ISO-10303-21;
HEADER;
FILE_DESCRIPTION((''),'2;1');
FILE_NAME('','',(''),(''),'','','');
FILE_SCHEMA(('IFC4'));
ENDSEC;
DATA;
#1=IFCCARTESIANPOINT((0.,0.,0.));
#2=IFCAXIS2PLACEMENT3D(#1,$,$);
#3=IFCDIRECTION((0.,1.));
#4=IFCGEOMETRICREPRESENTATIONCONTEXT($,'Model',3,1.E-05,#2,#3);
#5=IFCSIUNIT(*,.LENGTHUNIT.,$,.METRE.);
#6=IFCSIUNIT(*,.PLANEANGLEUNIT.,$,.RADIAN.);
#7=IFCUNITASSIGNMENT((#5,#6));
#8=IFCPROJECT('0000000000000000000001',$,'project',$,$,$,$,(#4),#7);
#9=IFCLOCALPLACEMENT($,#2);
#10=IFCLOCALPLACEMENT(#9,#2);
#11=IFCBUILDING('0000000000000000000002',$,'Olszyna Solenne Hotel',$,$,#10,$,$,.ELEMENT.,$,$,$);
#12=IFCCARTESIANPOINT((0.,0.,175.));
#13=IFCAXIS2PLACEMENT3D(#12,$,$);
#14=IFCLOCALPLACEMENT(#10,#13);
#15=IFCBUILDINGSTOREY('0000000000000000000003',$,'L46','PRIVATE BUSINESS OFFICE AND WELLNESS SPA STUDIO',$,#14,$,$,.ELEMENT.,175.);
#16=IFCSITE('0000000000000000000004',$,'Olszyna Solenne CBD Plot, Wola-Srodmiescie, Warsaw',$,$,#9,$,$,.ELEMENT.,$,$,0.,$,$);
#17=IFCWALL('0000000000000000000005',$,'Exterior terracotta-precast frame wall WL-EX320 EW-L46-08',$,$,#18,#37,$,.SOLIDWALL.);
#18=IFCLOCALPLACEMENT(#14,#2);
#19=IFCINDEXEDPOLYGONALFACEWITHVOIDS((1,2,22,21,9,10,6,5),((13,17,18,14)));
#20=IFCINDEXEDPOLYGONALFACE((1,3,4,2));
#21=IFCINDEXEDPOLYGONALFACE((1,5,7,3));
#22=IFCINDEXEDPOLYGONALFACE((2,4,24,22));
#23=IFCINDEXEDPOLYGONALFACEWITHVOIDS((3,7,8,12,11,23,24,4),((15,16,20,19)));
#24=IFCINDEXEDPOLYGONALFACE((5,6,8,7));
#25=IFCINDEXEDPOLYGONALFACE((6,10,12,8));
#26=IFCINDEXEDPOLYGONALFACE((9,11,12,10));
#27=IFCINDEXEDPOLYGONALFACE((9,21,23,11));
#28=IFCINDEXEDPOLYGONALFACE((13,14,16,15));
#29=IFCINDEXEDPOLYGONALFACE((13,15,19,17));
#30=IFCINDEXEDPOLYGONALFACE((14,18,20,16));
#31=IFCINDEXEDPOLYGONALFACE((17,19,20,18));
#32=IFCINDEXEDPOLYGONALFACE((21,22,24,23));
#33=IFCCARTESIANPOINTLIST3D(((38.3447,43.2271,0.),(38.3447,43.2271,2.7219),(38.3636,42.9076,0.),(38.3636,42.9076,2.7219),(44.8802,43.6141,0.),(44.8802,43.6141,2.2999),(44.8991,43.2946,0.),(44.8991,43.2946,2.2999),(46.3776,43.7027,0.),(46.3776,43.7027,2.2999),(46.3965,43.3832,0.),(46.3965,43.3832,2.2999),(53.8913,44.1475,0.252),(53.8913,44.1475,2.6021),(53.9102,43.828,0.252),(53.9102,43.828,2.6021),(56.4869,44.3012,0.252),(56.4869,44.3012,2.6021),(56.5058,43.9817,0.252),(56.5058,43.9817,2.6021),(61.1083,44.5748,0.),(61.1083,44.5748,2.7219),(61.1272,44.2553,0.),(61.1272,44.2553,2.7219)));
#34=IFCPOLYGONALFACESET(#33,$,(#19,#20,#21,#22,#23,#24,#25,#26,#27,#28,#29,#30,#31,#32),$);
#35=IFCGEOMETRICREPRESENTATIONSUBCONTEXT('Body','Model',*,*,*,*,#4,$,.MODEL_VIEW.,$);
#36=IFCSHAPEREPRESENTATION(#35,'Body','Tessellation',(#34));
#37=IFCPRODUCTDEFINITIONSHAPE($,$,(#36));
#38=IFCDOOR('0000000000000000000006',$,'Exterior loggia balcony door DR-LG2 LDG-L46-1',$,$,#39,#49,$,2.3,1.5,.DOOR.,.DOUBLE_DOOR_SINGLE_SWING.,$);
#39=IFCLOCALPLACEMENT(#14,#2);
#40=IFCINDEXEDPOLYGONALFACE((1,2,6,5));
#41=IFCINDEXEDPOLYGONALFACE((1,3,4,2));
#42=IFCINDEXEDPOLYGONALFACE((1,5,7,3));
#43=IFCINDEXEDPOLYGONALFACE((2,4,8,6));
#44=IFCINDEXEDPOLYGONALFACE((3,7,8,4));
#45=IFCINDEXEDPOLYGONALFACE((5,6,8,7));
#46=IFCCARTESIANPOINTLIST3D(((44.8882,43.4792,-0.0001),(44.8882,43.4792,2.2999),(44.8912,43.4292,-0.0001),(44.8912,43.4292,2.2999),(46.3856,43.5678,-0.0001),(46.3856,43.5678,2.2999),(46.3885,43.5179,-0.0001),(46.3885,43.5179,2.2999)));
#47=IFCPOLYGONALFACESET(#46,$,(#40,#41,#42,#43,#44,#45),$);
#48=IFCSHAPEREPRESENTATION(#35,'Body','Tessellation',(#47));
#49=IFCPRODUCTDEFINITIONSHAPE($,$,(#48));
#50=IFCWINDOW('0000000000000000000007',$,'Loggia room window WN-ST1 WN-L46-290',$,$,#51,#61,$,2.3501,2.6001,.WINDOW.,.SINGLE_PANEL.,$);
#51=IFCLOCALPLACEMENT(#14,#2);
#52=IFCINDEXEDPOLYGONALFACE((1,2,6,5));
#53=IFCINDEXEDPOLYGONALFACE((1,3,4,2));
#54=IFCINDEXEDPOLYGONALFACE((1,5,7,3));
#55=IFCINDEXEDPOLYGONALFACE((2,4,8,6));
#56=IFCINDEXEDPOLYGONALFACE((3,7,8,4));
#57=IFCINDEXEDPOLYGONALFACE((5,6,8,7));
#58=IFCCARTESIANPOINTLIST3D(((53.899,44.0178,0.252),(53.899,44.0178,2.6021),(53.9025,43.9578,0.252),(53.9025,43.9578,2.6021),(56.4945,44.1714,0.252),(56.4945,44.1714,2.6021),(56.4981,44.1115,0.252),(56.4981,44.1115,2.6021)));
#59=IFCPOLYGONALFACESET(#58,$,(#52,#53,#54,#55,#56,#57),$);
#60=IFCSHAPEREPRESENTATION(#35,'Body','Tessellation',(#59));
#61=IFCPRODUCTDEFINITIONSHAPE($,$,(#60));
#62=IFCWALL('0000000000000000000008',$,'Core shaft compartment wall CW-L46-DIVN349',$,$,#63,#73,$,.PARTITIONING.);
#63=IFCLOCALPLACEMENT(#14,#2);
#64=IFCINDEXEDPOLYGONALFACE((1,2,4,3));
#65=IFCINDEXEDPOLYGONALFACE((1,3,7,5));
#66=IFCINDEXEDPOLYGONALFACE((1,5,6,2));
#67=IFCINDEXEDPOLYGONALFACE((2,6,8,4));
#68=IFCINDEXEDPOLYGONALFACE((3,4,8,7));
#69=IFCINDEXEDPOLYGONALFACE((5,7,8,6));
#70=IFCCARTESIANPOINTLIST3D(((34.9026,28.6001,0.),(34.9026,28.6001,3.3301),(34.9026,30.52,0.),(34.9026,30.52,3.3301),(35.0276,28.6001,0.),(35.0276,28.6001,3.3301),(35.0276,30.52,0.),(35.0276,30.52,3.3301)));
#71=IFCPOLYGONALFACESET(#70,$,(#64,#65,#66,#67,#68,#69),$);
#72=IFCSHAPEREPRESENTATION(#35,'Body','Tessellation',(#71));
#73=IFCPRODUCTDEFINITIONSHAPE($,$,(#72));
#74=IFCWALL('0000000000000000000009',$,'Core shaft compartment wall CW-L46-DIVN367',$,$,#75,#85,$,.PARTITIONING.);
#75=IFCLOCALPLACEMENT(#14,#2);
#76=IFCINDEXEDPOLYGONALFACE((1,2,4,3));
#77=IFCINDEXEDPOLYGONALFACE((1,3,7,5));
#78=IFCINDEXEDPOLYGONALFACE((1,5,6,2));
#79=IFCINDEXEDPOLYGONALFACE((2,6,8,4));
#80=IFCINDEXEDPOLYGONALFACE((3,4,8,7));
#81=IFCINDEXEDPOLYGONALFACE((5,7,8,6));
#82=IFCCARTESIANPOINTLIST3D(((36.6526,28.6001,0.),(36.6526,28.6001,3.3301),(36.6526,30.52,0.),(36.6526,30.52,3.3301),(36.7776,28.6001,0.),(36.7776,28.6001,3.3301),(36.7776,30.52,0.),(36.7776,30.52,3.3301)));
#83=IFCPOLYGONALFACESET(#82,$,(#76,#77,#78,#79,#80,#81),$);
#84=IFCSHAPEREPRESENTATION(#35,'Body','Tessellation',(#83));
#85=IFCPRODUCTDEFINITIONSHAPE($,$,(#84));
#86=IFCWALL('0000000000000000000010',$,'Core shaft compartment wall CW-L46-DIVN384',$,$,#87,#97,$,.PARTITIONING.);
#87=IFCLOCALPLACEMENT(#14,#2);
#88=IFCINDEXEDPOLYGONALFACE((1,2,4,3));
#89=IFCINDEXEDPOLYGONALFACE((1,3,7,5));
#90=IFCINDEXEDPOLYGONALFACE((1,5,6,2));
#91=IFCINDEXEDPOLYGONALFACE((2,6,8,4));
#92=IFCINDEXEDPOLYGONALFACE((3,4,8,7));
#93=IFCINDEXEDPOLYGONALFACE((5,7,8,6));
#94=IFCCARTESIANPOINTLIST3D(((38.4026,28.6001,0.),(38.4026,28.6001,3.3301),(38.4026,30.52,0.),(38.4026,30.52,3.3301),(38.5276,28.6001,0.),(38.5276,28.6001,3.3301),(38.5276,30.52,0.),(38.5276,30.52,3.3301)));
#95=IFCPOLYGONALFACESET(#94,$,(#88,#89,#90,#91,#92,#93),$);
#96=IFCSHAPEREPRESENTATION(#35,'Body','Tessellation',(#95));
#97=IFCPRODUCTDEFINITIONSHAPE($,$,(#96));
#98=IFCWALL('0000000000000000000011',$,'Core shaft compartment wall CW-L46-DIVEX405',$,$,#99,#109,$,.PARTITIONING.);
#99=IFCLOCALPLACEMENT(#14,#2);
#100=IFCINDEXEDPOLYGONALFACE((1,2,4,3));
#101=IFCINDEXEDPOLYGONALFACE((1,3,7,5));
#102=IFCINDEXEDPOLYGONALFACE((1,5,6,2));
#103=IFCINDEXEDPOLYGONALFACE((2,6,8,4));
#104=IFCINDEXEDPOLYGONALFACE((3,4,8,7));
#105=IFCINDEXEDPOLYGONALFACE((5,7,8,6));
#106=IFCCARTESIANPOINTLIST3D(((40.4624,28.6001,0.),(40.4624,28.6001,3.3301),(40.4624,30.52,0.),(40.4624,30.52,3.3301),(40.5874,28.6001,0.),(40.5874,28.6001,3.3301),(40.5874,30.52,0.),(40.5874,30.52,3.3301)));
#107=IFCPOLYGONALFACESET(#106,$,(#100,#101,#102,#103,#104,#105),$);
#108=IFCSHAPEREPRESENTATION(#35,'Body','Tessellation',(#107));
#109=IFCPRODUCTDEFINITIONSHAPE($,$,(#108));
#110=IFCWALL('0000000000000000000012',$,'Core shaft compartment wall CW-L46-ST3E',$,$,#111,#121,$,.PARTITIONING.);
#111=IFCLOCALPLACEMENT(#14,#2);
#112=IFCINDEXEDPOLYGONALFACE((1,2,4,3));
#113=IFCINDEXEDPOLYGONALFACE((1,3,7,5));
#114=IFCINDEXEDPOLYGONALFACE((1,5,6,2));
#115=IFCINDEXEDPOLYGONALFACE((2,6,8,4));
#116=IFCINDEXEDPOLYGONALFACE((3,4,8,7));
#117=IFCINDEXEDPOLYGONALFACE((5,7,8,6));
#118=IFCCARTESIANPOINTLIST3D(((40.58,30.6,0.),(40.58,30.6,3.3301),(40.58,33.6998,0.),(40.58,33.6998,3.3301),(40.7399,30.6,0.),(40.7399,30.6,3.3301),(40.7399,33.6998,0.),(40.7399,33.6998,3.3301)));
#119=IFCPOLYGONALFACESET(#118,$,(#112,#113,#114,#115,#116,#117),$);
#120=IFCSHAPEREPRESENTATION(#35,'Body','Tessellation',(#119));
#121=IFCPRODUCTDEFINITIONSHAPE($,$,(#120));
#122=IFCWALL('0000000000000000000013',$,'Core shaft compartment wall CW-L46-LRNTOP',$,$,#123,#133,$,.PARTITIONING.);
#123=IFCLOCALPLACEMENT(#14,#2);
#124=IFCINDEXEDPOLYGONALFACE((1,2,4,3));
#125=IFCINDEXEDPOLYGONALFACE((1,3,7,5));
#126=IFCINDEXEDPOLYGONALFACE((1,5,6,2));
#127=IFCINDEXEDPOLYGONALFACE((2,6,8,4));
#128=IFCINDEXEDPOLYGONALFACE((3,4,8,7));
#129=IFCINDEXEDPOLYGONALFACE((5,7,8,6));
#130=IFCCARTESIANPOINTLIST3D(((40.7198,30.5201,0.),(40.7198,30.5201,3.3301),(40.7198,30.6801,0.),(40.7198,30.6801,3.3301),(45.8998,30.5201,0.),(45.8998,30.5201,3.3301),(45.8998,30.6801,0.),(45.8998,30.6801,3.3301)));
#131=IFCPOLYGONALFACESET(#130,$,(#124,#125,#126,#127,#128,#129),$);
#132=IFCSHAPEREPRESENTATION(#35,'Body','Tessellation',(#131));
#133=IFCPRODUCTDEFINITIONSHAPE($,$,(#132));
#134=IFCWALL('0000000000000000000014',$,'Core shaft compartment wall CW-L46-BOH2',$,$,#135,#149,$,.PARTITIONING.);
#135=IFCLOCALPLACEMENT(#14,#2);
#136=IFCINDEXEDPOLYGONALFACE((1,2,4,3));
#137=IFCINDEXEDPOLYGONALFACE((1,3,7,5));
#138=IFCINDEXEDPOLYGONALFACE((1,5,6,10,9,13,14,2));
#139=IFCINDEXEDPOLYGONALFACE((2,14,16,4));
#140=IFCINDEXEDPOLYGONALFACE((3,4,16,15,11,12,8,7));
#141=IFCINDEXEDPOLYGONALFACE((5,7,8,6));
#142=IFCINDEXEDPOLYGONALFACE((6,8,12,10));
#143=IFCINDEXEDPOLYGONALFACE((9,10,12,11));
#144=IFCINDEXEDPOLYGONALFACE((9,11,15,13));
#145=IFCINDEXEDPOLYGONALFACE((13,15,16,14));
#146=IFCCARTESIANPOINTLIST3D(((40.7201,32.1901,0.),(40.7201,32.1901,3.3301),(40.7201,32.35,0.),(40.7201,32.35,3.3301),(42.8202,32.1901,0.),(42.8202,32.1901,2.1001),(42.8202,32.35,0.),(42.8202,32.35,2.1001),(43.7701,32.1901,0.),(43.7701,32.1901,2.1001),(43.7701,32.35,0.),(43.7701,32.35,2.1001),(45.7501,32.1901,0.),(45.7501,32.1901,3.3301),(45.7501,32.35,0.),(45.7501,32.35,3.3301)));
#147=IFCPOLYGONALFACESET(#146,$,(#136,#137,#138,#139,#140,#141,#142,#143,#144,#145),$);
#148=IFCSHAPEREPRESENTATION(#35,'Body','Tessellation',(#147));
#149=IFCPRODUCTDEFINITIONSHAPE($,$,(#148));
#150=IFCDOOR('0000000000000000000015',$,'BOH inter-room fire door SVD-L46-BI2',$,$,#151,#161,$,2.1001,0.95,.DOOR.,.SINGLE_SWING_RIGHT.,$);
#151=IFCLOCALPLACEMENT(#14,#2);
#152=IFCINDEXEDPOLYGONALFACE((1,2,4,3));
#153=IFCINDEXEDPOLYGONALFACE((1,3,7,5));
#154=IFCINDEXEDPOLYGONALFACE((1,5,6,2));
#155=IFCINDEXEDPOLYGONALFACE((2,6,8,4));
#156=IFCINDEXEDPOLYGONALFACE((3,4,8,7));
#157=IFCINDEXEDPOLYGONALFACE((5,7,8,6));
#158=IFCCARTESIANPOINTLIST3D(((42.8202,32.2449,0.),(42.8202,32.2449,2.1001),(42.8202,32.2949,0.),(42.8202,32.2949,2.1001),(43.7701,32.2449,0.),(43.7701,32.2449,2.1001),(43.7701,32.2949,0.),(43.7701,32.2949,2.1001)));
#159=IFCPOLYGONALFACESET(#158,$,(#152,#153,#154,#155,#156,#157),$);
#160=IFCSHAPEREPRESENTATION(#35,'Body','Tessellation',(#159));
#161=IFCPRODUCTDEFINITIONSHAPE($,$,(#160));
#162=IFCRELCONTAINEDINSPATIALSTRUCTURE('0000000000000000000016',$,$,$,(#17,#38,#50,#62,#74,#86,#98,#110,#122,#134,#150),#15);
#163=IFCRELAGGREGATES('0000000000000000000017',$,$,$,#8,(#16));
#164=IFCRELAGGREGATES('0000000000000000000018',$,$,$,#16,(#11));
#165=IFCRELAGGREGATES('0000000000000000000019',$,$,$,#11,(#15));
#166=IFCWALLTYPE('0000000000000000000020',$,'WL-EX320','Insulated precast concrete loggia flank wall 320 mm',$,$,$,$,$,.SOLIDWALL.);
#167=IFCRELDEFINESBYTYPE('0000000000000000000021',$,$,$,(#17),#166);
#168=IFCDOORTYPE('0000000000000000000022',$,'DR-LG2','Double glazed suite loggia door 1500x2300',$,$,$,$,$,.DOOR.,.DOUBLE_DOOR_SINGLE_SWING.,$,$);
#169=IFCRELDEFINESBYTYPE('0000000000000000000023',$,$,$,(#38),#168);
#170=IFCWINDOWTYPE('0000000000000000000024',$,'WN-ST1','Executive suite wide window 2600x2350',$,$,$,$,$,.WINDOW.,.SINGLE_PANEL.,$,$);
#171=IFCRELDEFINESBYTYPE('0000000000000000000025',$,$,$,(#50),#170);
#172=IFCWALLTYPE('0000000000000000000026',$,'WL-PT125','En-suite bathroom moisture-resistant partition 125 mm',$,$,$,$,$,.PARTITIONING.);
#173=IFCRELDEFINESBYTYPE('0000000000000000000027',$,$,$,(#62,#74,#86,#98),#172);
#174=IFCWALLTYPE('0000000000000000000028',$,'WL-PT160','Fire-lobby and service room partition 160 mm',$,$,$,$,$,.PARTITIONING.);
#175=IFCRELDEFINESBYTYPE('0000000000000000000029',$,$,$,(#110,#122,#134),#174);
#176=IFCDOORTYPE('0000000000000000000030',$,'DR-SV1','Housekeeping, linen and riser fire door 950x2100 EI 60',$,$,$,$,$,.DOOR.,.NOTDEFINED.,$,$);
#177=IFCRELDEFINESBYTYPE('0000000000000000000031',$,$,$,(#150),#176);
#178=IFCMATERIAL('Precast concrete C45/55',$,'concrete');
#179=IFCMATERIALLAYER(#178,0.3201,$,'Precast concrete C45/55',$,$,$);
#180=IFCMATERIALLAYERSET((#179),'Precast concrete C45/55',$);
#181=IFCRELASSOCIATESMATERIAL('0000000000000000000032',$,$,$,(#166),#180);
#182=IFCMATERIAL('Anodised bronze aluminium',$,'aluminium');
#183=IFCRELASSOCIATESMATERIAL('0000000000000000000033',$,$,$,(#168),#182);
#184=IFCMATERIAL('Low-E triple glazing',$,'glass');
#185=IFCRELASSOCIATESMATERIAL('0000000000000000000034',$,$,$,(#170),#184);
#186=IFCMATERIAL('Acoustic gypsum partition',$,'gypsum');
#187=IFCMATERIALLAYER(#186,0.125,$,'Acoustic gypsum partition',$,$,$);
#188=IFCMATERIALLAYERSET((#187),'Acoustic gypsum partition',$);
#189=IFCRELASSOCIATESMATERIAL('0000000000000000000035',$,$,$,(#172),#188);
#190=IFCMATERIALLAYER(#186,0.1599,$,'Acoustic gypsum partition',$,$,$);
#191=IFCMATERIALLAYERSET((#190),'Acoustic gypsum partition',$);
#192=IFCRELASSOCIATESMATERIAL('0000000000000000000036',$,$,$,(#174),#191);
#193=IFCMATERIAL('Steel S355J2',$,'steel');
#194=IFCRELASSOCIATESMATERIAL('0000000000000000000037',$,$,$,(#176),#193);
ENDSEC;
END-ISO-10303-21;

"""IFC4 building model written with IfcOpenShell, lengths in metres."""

from ifc_helpers import new_model, si_unit, direction, frame, frame_2d, origin, place, context, subcontext, project, spatial, rectangle, extrude, source, transform, mapped, material, layer, layer_set, type_object, type_shapes, element, fill, save


model = new_model("IFC4")

# Units and contexts
model_context = context("Model", 3, precision=1e-05, world=origin(), true_north=direction((0.0, 1.0)))
body_context = subcontext(model_context, "Body", "Model", "MODEL_VIEW")
ifc_project = project(units=[si_unit("LENGTHUNIT", "METRE"), si_unit("PLANEANGLEUNIT", "RADIAN")], contexts=[model_context])

# Site, building, storey
site_placement = place(None, origin())
site = spatial("IfcSite", under=ifc_project, at=site_placement, Name="Olszyna Solenne CBD Plot, Wola-Srodmiescie, Warsaw", CompositionType="ELEMENT", RefElevation=0.0)
building_placement = place(site_placement, origin())
building = spatial("IfcBuilding", under=site, at=building_placement, Name="Olszyna Solenne Hotel", CompositionType="ELEMENT")
storey_placement = place(building_placement, frame((0.0, 0.0, 175.0)))
storey = spatial("IfcBuildingStorey", under=building, at=storey_placement, Name="L46", Description="PRIVATE BUSINESS OFFICE AND WELLNESS SPA STUDIO", CompositionType="ELEMENT", Elevation=175.0)

# Shared definitions
ifc_material_1 = material(Name="Steel S355J2", Category="steel")

# Wall, openings, door, window
ifc_material_2 = material(Name="Precast concrete C45/55", Category="concrete")
ifc_layer_1 = layer(ifc_material_2, 0.3201, Name="Precast concrete C45/55")
ifc_layer_set_1 = layer_set([ifc_layer_1], Name="Precast concrete C45/55")
wall_type_1 = type_object("IfcWallType", Name="WL-EX320", Description="Insulated precast concrete loggia flank wall 320 mm", PredefinedType="SOLIDWALL", material=ifc_layer_set_1)
wall_1_placement = place(storey_placement, frame((38.354, 43.0674, 0.0), z_axis=(0.0, 0.0, 1.0), x_axis=(0.998252, 0.059099, 0.0)))
wall_1 = element("IfcWall", 1, at=wall_1_placement, inside=storey, type_object=wall_type_1, Name="Exterior terracotta-precast frame wall WL-EX320 EW-L46-08", PredefinedType="SOLIDWALL", context=body_context, shape_type="SweptSolid", body=[
    extrude(rectangle(XDim=22.8035, YDim=0.3201, at=frame_2d((11.4019, 0.0))), origin(), (0.0, 0.0, 1.0), 2.7219),
])
opening_1_placement = place(wall_1_placement, frame((6.5471, 0.0, 0.0)))
opening_1 = element("IfcOpeningElement", 2, at=opening_1_placement, cuts=wall_1, PredefinedType="OPENING", context=body_context, shape_type="SweptSolid", body=[
    extrude(rectangle(XDim=1.5, YDim=2.3, at=frame_2d((0.75, 1.1499))), frame((0.0, 0.1699, 0.0), z_axis=(0.0, -1.0, 0.0), x_axis=(1.0, 0.0, 0.0)), (0.0, 0.0, 1.0), 0.3401),
])
opening_2_placement = place(wall_1_placement, frame((15.574, 0.0, 0.252)))
opening_2 = element("IfcOpeningElement", 3, at=opening_2_placement, cuts=wall_1, PredefinedType="OPENING", context=body_context, shape_type="SweptSolid", body=[
    extrude(rectangle(XDim=2.6001, YDim=2.3501, at=frame_2d((1.3, 1.175))), frame((0.0, 0.1699, 0.0), z_axis=(0.0, -1.0, 0.0), x_axis=(1.0, 0.0, 0.0)), (0.0, 0.0, 1.0), 0.3401),
])
ifc_material_3 = material(Name="Anodised bronze aluminium", Category="aluminium")
door_type_1 = type_object("IfcDoorType", Name="DR-LG2", Description="Double glazed suite loggia door 1500x2300", OperationType="DOUBLE_DOOR_SINGLE_SWING", PredefinedType="DOOR", material=ifc_material_3)
shared_shape_1 = source(origin(), body_context, "Body", "SweptSolid", [
    extrude(rectangle(XDim=1.5, YDim=2.3, at=frame_2d((0.75, 1.1499))), frame((0.0, 0.0249, 0.0), z_axis=(0.0, -1.0, 0.0), x_axis=(1.0, 0.0, 0.0)), (0.0, 0.0, 1.0), 0.05),
])
type_shapes(door_type_1, [shared_shape_1])
door_1_placement = place(opening_1_placement, origin())
door_1 = element("IfcDoor", 4, at=door_1_placement, inside=storey, type_object=door_type_1, Name="Exterior loggia balcony door DR-LG2 LDG-L46-1", OperationType="DOUBLE_DOOR_SINGLE_SWING", OverallHeight=2.3, OverallWidth=1.5, PredefinedType="DOOR", context=body_context, shape_type="MappedRepresentation", body=[
    mapped(shared_shape_1, transform((0.0, 0.0, 0.0), x_axis=(1.0, 0.0, 0.0), y_axis=(0.0, 1.0, 0.0), z_axis=(0.0, 0.0, 1.0), scale=1.0)),
])
fill(opening_1, door_1)
ifc_material_4 = material(Name="Low-E triple glazing", Category="glass")
window_type = type_object("IfcWindowType", Name="WN-ST1", Description="Executive suite wide window 2600x2350", PartitioningType="SINGLE_PANEL", PredefinedType="WINDOW", material=ifc_material_4)
shared_shape_2 = source(origin(), body_context, "Body", "SweptSolid", [
    extrude(rectangle(XDim=2.6001, YDim=2.3501, at=frame_2d((1.3, 1.175))), frame((0.0, 0.03, 0.0), z_axis=(0.0, -1.0, 0.0), x_axis=(1.0, 0.0, 0.0)), (0.0, 0.0, 1.0), 0.0601),
])
type_shapes(window_type, [shared_shape_2])
window_placement = place(opening_2_placement, origin())
window = element("IfcWindow", 5, at=window_placement, inside=storey, type_object=window_type, Name="Loggia room window WN-ST1 WN-L46-290", OverallHeight=2.3501, OverallWidth=2.6001, PartitioningType="SINGLE_PANEL", PredefinedType="WINDOW", context=body_context, shape_type="MappedRepresentation", body=[
    mapped(shared_shape_2, transform((0.0, 0.0, 0.0), x_axis=(1.0, 0.0, 0.0), y_axis=(0.0, 1.0, 0.0), z_axis=(0.0, 0.0, 1.0), scale=1.0)),
])
fill(opening_2, window)

# Walls
ifc_material_5 = material(Name="Acoustic gypsum partition", Category="gypsum")
ifc_layer_2 = layer(ifc_material_5, 0.125, Name="Acoustic gypsum partition")
ifc_layer_set_2 = layer_set([ifc_layer_2], Name="Acoustic gypsum partition")
wall_type_2 = type_object("IfcWallType", Name="WL-PT125", Description="En-suite bathroom moisture-resistant partition 125 mm", PredefinedType="PARTITIONING", material=ifc_layer_set_2)
for number, where, z_axis, x_axis, name in (
    (6, (34.9651, 28.6001, 0.0), (0.0, 0.0, 1.0), (0.0, 1.0, 0.0), "Core shaft compartment wall CW-L46-DIVN349"),
    (7, (36.7151, 28.6001, 0.0), (0.0, 0.0, 1.0), (0.0, 1.0, 0.0), "Core shaft compartment wall CW-L46-DIVN367"),
    (8, (38.4651, 28.6001, 0.0), (0.0, 0.0, 1.0), (0.0, 1.0, 0.0), "Core shaft compartment wall CW-L46-DIVN384"),
    (9, (40.5249, 28.6001, 0.0), (0.0, 0.0, 1.0), (0.0, 1.0, 0.0), "Core shaft compartment wall CW-L46-DIVEX405"),
):
    element("IfcWall", number, at=place(storey_placement, frame(where, z_axis=z_axis, x_axis=x_axis)), inside=storey, type_object=wall_type_2, Name=name, PredefinedType="PARTITIONING", context=body_context, shape_type="SweptSolid", body=[
        extrude(rectangle(XDim=1.9199, YDim=0.125, at=frame_2d((0.96, 0.0))), origin(), (0.0, 0.0, 1.0), 3.3301),
    ])
ifc_layer_3 = layer(ifc_material_5, 0.1599, Name="Acoustic gypsum partition")
ifc_layer_set_3 = layer_set([ifc_layer_3], Name="Acoustic gypsum partition")
wall_type_3 = type_object("IfcWallType", Name="WL-PT160", Description="Fire-lobby and service room partition 160 mm", PredefinedType="PARTITIONING", material=ifc_layer_set_3)
wall_2_placement = place(storey_placement, frame((40.6599, 30.6001, 0.0), z_axis=(0.0, 0.0, 1.0), x_axis=(0.0, 1.0, 0.0)))
element("IfcWall", 10, at=wall_2_placement, inside=storey, type_object=wall_type_3, Name="Core shaft compartment wall CW-L46-ST3E", PredefinedType="PARTITIONING", context=body_context, shape_type="SweptSolid", body=[
    extrude(rectangle(XDim=3.0999, YDim=0.1599, at=frame_2d((1.5498, 0.0))), origin(), (0.0, 0.0, 1.0), 3.3301),
])
wall_3_placement = place(storey_placement, frame((40.72, 30.6001, 0.0), z_axis=(0.0, 0.0, 1.0), x_axis=(1.0, 0.0, 0.0)))
element("IfcWall", 11, at=wall_3_placement, inside=storey, type_object=wall_type_3, Name="Core shaft compartment wall CW-L46-LRNTOP", PredefinedType="PARTITIONING", context=body_context, shape_type="SweptSolid", body=[
    extrude(rectangle(XDim=5.1799, YDim=0.1599, at=frame_2d((2.5898, 0.0))), origin(), (0.0, 0.0, 1.0), 3.3301),
])

# Wall, opening, door
wall_4_placement = place(storey_placement, frame((40.72, 32.27, 0.0), z_axis=(0.0, 0.0, 1.0), x_axis=(1.0, 0.0, 0.0)))
wall_4 = element("IfcWall", 12, at=wall_4_placement, inside=storey, type_object=wall_type_3, Name="Core shaft compartment wall CW-L46-BOH2", PredefinedType="PARTITIONING", context=body_context, shape_type="SweptSolid", body=[
    extrude(rectangle(XDim=5.03, YDim=0.1599, at=frame_2d((2.5151, 0.0))), origin(), (0.0, 0.0, 1.0), 3.3301),
])
opening_3_placement = place(wall_4_placement, frame((2.1001, 0.0, 0.0)))
opening_3 = element("IfcOpeningElement", 13, at=opening_3_placement, cuts=wall_4, PredefinedType="OPENING", context=body_context, shape_type="SweptSolid", body=[
    extrude(rectangle(XDim=0.95, YDim=2.1001, at=frame_2d((0.4751, 1.05))), frame((0.0, 0.0898, 0.0), z_axis=(0.0, -1.0, 0.0), x_axis=(1.0, 0.0, 0.0)), (0.0, 0.0, 1.0), 0.1799),
])
door_type_2 = type_object("IfcDoorType", Name="DR-SV1", Description="Housekeeping, linen and riser fire door 950x2100 EI 60", OperationType="NOTDEFINED", PredefinedType="DOOR", material=ifc_material_1)
shared_shape_3 = source(origin(), body_context, "Body", "SweptSolid", [
    extrude(rectangle(XDim=0.95, YDim=2.1001, at=frame_2d((0.4751, 1.05))), frame((0.0, 0.0249, 0.0), z_axis=(0.0, -1.0, 0.0), x_axis=(1.0, 0.0, 0.0)), (0.0, 0.0, 1.0), 0.05),
])
type_shapes(door_type_2, [shared_shape_3])
door_2_placement = place(opening_3_placement, origin())
door_2 = element("IfcDoor", 14, at=door_2_placement, inside=storey, type_object=door_type_2, Name="BOH inter-room fire door SVD-L46-BI2", OperationType="SINGLE_SWING_RIGHT", OverallHeight=2.1001, OverallWidth=0.95, PredefinedType="DOOR", context=body_context, shape_type="MappedRepresentation", body=[
    mapped(shared_shape_3, transform((0.0, 0.0, 0.0), x_axis=(1.0, 0.0, 0.0), y_axis=(0.0, 1.0, 0.0), z_axis=(0.0, 0.0, 1.0), scale=1.0)),
])
fill(opening_3, door_2)

save(model, "model.ifc")
